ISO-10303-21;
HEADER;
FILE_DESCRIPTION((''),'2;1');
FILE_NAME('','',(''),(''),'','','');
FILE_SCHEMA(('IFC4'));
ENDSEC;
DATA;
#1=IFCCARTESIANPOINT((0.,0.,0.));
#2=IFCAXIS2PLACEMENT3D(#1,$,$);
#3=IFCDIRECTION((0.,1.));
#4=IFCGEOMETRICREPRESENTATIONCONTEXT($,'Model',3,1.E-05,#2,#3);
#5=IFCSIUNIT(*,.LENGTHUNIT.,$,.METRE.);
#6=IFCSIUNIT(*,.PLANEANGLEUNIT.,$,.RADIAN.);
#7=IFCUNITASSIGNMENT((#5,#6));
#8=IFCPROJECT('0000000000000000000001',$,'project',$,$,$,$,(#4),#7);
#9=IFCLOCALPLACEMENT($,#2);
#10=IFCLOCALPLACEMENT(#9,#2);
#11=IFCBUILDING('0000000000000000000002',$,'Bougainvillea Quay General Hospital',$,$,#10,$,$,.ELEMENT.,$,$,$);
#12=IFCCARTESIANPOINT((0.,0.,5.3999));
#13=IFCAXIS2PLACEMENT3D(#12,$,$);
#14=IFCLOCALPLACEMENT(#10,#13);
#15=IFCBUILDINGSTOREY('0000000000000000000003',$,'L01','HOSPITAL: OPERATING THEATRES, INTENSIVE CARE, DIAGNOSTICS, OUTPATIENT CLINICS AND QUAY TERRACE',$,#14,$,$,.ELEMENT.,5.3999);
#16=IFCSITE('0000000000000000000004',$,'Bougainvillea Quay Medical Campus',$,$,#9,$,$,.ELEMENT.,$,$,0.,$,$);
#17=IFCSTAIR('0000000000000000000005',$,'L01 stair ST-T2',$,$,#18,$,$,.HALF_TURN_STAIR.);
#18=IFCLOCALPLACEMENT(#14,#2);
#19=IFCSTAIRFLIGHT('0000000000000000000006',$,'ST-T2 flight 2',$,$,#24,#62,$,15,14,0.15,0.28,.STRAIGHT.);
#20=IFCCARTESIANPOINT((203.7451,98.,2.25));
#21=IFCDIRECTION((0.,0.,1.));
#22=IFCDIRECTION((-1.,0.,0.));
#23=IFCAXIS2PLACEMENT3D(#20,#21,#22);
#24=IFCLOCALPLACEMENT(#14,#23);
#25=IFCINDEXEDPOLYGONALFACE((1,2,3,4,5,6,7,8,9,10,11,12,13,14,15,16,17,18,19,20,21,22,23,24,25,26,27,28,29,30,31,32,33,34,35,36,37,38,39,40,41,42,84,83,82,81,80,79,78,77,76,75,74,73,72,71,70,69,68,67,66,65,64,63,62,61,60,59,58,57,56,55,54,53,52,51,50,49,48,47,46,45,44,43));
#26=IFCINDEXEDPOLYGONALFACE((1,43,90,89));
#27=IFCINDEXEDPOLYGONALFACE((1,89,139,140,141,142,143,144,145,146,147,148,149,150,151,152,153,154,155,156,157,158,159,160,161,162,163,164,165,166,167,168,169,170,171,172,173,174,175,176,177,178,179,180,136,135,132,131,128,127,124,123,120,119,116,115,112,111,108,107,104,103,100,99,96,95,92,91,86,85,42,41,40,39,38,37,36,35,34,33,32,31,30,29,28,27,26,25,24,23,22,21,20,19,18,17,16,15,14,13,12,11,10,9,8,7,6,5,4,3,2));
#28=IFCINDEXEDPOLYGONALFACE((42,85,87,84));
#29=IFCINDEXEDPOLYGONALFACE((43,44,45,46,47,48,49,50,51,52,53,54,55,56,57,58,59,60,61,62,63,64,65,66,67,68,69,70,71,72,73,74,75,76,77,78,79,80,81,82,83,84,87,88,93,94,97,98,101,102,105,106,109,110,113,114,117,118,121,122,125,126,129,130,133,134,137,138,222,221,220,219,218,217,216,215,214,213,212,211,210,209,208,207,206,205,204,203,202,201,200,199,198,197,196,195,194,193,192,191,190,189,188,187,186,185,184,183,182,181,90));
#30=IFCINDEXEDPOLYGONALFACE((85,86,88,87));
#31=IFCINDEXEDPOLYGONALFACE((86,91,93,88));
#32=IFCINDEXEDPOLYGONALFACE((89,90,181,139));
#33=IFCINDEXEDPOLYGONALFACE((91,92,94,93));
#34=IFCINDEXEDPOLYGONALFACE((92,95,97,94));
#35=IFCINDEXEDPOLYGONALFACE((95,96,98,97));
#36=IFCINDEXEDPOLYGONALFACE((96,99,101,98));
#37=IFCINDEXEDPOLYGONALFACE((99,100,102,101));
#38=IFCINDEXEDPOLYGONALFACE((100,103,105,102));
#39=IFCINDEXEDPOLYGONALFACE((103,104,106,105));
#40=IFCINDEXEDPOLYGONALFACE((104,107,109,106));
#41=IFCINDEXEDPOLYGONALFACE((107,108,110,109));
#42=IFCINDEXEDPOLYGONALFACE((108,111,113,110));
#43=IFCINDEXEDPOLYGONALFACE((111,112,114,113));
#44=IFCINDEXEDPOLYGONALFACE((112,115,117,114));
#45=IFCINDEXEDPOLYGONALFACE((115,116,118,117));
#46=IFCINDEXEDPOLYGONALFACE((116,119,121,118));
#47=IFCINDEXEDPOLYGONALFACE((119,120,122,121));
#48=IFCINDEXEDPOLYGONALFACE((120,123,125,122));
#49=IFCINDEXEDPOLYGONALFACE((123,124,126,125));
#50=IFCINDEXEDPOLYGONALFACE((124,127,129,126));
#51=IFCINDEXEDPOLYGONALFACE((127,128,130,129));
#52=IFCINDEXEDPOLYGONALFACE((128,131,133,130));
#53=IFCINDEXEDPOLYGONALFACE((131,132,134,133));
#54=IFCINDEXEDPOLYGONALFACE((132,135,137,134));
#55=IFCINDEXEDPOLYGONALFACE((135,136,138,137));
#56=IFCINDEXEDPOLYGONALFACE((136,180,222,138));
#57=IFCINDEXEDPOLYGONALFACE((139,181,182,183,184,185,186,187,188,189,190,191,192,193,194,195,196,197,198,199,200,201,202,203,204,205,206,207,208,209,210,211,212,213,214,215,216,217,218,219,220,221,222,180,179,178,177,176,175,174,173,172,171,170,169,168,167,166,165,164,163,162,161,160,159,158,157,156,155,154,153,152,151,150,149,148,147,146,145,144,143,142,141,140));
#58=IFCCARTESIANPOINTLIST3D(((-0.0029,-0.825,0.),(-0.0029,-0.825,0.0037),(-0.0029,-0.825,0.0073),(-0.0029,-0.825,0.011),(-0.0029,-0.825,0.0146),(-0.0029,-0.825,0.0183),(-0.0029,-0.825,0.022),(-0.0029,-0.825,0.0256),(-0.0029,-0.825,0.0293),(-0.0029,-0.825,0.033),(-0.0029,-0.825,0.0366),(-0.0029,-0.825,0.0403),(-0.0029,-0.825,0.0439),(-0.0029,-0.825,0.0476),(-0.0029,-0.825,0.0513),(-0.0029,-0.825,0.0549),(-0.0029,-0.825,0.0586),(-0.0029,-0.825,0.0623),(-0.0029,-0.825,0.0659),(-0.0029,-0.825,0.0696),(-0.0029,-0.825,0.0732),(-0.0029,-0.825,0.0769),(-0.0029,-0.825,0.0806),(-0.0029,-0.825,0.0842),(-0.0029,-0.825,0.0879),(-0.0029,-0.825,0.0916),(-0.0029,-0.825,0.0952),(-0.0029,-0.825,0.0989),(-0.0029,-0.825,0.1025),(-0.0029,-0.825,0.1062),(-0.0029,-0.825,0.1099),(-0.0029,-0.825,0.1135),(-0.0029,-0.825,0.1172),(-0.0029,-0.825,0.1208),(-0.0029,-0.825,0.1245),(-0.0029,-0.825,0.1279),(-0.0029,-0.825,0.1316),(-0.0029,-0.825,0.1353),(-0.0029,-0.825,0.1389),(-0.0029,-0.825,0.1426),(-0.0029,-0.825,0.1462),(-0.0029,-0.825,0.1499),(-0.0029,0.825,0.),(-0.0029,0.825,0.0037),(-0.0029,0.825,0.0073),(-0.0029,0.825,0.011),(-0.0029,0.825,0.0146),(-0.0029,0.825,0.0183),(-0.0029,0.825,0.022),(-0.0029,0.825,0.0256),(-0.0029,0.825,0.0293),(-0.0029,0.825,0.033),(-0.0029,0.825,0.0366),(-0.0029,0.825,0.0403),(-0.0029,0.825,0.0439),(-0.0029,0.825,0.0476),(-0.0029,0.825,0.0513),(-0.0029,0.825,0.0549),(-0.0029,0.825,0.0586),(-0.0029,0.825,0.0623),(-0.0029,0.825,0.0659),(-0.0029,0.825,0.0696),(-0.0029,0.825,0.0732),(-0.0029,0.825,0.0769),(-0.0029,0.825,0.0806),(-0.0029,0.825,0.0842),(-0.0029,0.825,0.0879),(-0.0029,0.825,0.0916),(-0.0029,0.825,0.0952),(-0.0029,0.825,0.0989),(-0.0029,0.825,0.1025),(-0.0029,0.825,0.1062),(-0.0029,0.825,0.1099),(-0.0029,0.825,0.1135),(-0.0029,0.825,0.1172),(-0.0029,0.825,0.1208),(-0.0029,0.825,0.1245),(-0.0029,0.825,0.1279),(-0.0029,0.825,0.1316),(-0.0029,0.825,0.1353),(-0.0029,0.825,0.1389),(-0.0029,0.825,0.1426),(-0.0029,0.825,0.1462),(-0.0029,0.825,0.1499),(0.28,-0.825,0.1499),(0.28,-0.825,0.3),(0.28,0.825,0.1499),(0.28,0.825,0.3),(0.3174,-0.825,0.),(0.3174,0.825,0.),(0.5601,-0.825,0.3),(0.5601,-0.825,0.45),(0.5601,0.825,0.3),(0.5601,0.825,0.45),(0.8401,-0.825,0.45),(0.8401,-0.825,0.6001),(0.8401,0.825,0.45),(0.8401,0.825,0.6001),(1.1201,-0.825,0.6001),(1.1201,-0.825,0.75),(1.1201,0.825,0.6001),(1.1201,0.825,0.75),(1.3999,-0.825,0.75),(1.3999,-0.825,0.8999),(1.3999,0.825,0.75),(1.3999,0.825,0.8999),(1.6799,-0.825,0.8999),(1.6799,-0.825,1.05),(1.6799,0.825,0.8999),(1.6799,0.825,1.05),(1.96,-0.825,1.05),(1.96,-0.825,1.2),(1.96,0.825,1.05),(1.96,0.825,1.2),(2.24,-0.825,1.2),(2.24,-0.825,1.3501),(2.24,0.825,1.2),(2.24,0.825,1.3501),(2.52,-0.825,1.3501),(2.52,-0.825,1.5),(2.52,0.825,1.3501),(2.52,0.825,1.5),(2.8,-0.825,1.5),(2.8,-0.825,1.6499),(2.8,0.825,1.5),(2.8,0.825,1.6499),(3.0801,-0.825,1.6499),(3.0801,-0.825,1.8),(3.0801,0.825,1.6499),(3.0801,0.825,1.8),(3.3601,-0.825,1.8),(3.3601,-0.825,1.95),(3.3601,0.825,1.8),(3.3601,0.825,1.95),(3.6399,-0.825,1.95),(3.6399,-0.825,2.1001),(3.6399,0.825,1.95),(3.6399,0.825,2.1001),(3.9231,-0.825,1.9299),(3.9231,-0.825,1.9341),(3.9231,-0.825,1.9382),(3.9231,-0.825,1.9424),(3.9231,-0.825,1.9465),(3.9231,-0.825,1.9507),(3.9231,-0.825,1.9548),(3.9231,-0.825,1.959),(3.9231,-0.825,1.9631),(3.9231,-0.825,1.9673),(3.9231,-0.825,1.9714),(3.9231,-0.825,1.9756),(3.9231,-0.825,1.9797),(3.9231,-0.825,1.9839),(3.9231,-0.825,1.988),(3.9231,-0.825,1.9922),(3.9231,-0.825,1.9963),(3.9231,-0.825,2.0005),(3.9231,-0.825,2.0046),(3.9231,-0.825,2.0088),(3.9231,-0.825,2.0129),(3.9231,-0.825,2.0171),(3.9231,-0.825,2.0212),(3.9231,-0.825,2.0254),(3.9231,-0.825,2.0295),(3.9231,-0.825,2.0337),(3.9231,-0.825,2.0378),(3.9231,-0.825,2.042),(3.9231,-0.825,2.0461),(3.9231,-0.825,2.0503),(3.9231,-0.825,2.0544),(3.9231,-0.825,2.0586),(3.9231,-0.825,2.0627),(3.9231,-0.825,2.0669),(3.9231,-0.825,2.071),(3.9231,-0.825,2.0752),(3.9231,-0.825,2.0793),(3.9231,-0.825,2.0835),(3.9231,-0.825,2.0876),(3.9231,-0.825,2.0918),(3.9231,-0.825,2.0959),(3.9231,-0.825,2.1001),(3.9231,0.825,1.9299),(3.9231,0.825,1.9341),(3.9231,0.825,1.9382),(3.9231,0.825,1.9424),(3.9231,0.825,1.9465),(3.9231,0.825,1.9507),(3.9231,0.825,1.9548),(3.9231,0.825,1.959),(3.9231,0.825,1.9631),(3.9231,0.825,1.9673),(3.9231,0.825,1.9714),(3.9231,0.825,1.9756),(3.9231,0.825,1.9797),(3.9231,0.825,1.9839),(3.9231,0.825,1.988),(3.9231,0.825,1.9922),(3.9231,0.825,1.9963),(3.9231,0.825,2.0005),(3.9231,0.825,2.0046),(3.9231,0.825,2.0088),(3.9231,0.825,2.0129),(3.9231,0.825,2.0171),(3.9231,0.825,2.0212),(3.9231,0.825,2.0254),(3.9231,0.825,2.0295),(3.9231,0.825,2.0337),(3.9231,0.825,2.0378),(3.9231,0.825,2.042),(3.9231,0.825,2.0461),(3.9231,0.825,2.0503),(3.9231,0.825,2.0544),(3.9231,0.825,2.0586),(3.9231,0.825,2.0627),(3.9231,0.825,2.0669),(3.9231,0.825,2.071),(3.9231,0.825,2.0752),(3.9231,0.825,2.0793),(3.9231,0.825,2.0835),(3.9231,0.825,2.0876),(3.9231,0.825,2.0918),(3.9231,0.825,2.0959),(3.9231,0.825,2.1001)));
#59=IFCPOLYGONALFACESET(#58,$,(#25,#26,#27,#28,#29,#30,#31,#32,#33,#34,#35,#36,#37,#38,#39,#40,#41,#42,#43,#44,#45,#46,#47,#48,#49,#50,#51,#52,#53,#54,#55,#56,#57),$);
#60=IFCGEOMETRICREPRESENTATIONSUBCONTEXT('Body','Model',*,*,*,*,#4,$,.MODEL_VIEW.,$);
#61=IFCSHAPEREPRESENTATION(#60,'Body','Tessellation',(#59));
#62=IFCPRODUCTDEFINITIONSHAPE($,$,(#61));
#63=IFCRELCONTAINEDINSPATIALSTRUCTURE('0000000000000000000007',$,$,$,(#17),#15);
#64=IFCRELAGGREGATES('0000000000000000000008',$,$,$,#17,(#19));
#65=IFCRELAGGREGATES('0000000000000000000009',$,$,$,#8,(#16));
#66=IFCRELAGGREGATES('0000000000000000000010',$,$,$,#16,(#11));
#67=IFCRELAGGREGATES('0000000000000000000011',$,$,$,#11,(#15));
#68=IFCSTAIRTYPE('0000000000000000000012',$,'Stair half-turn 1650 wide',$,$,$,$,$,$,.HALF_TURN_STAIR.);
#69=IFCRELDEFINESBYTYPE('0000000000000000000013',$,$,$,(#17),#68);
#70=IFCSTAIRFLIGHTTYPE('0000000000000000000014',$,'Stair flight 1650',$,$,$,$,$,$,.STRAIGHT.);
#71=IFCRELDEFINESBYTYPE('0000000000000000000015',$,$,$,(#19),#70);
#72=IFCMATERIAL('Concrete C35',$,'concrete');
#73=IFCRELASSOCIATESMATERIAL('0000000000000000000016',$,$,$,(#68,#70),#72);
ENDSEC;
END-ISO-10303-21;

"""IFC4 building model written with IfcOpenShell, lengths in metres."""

from ifc_helpers import new_model, si_unit, direction, frame, origin, place, context, subcontext, project, spatial, polyline, outline, extrude, material, type_object, element, aggregate, save


model = new_model("IFC4")

# Units and contexts
model_context = context("Model", 3, precision=1e-05, world=origin(), true_north=direction((0.0, 1.0)))
body_context = subcontext(model_context, "Body", "Model", "MODEL_VIEW")
ifc_project = project(units=[si_unit("LENGTHUNIT", "METRE"), si_unit("PLANEANGLEUNIT", "RADIAN")], contexts=[model_context])

# Site, building, storey
site_placement = place(None, origin())
site = spatial("IfcSite", under=ifc_project, at=site_placement, Name="Bougainvillea Quay Medical Campus", CompositionType="ELEMENT", RefElevation=0.0)
building_placement = place(site_placement, origin())
building = spatial("IfcBuilding", under=site, at=building_placement, Name="Bougainvillea Quay General Hospital", CompositionType="ELEMENT")
storey_placement = place(building_placement, frame((0.0, 0.0, 5.3999)))
storey = spatial("IfcBuildingStorey", under=building, at=storey_placement, Name="L01", Description="HOSPITAL: OPERATING THEATRES, INTENSIVE CARE, DIAGNOSTICS, OUTPATIENT CLINICS AND QUAY TERRACE", CompositionType="ELEMENT", Elevation=5.3999)

# Stair, stair flight
ifc_material_1 = material(Name="Concrete C35", Category="concrete")
stair_type = type_object("IfcStairType", Name="Stair half-turn 1650 wide", PredefinedType="HALF_TURN_STAIR", material=ifc_material_1)
stair_placement = place(storey_placement, origin())
stair = element("IfcStair", 1, at=stair_placement, inside=storey, type_object=stair_type, Name="L01 stair ST-T2", PredefinedType="HALF_TURN_STAIR")
stair_flight_type = type_object("IfcStairFlightType", Name="Stair flight 1650", PredefinedType="STRAIGHT", material=ifc_material_1)
stair_flight_1_placement = place(storey_placement, frame((203.7451, 98.0, 2.25), z_axis=(0.0, 0.0, 1.0), x_axis=(-1.0, 0.0, 0.0)))
stair_flight_1 = element("IfcStairFlight", 2, at=stair_flight_1_placement, type_object=stair_flight_type, Name="ST-T2 flight 2", NumberOfRisers=15, NumberOfTreads=14, PredefinedType="STRAIGHT", RiserHeight=0.15, TreadLength=0.28, context=body_context, shape_type="SweptSolid", body=[
    extrude(outline(polyline([(-0.0029, 0.0), (-0.0029, 0.0037), (-0.0029, 0.0073), (-0.0029, 0.011), (-0.0029, 0.0146), (-0.0029, 0.0183), (-0.0029, 0.022), (-0.0029, 0.0256), (-0.0029, 0.0293), (-0.0029, 0.033), (-0.0029, 0.0366), (-0.0029, 0.0403), (-0.0029, 0.0439), (-0.0029, 0.0476), (-0.0029, 0.0513), (-0.0029, 0.0549), (-0.0029, 0.0586), (-0.0029, 0.0623), (-0.0029, 0.0659), (-0.0029, 0.0696), (-0.0029, 0.0732), (-0.0029, 0.0769), (-0.0029, 0.0806), (-0.0029, 0.0842), (-0.0029, 0.0879), (-0.0029, 0.0916), (-0.0029, 0.0952), (-0.0029, 0.0989), (-0.0029, 0.1025), (-0.0029, 0.1062), (-0.0029, 0.1099), (-0.0029, 0.1135), (-0.0029, 0.1172), (-0.0029, 0.1208), (-0.0029, 0.1245), (-0.0029, 0.1279), (-0.0029, 0.1316), (-0.0029, 0.1353), (-0.0029, 0.1389), (-0.0029, 0.1426), (-0.0029, 0.1462), (-0.0029, 0.1499), (0.28, 0.1499), (0.28, 0.3), (0.5601, 0.3), (0.5601, 0.45), (0.8401, 0.45), (0.8401, 0.6001), (1.1201, 0.6001), (1.1201, 0.75), (1.3999, 0.75), (1.3999, 0.8999), (1.6799, 0.8999), (1.6799, 1.05), (1.96, 1.05), (1.96, 1.2), (2.24, 1.2), (2.24, 1.3501), (2.52, 1.3501), (2.52, 1.5), (2.8, 1.5), (2.8, 1.6499), (3.0801, 1.6499), (3.0801, 1.8), (3.3601, 1.8), (3.3601, 1.95), (3.6399, 1.95), (3.6399, 2.1001), (3.9231, 2.1001), (3.9231, 2.0959), (3.9231, 2.0918), (3.9231, 2.0876), (3.9231, 2.0835), (3.9231, 2.0793), (3.9231, 2.0752), (3.9231, 2.071), (3.9231, 2.0669), (3.9231, 2.0627), (3.9231, 2.0586), (3.9231, 2.0544), (3.9231, 2.0503), (3.9231, 2.0461), (3.9231, 2.042), (3.9231, 2.0378), (3.9231, 2.0337), (3.9231, 2.0295), (3.9231, 2.0254), (3.9231, 2.0212), (3.9231, 2.0171), (3.9231, 2.0129), (3.9231, 2.0088), (3.9231, 2.0046), (3.9231, 2.0005), (3.9231, 1.9963), (3.9231, 1.9922), (3.9231, 1.988), (3.9231, 1.9839), (3.9231, 1.9797), (3.9231, 1.9756), (3.9231, 1.9714), (3.9231, 1.9673), (3.9231, 1.9631), (3.9231, 1.959), (3.9231, 1.9548), (3.9231, 1.9507), (3.9231, 1.9465), (3.9231, 1.9424), (3.9231, 1.9382), (3.9231, 1.9341), (3.9231, 1.9299), (0.3174, 0.0), (-0.0029, 0.0)])), frame((0.0, 0.825, 0.0), z_axis=(0.0, -1.0, 0.0), x_axis=(1.0, 0.0, 0.0)), (0.0, 0.0, 1.0), 1.6499),
])
aggregate(stair, [stair_flight_1])

save(model, "model.ifc")
